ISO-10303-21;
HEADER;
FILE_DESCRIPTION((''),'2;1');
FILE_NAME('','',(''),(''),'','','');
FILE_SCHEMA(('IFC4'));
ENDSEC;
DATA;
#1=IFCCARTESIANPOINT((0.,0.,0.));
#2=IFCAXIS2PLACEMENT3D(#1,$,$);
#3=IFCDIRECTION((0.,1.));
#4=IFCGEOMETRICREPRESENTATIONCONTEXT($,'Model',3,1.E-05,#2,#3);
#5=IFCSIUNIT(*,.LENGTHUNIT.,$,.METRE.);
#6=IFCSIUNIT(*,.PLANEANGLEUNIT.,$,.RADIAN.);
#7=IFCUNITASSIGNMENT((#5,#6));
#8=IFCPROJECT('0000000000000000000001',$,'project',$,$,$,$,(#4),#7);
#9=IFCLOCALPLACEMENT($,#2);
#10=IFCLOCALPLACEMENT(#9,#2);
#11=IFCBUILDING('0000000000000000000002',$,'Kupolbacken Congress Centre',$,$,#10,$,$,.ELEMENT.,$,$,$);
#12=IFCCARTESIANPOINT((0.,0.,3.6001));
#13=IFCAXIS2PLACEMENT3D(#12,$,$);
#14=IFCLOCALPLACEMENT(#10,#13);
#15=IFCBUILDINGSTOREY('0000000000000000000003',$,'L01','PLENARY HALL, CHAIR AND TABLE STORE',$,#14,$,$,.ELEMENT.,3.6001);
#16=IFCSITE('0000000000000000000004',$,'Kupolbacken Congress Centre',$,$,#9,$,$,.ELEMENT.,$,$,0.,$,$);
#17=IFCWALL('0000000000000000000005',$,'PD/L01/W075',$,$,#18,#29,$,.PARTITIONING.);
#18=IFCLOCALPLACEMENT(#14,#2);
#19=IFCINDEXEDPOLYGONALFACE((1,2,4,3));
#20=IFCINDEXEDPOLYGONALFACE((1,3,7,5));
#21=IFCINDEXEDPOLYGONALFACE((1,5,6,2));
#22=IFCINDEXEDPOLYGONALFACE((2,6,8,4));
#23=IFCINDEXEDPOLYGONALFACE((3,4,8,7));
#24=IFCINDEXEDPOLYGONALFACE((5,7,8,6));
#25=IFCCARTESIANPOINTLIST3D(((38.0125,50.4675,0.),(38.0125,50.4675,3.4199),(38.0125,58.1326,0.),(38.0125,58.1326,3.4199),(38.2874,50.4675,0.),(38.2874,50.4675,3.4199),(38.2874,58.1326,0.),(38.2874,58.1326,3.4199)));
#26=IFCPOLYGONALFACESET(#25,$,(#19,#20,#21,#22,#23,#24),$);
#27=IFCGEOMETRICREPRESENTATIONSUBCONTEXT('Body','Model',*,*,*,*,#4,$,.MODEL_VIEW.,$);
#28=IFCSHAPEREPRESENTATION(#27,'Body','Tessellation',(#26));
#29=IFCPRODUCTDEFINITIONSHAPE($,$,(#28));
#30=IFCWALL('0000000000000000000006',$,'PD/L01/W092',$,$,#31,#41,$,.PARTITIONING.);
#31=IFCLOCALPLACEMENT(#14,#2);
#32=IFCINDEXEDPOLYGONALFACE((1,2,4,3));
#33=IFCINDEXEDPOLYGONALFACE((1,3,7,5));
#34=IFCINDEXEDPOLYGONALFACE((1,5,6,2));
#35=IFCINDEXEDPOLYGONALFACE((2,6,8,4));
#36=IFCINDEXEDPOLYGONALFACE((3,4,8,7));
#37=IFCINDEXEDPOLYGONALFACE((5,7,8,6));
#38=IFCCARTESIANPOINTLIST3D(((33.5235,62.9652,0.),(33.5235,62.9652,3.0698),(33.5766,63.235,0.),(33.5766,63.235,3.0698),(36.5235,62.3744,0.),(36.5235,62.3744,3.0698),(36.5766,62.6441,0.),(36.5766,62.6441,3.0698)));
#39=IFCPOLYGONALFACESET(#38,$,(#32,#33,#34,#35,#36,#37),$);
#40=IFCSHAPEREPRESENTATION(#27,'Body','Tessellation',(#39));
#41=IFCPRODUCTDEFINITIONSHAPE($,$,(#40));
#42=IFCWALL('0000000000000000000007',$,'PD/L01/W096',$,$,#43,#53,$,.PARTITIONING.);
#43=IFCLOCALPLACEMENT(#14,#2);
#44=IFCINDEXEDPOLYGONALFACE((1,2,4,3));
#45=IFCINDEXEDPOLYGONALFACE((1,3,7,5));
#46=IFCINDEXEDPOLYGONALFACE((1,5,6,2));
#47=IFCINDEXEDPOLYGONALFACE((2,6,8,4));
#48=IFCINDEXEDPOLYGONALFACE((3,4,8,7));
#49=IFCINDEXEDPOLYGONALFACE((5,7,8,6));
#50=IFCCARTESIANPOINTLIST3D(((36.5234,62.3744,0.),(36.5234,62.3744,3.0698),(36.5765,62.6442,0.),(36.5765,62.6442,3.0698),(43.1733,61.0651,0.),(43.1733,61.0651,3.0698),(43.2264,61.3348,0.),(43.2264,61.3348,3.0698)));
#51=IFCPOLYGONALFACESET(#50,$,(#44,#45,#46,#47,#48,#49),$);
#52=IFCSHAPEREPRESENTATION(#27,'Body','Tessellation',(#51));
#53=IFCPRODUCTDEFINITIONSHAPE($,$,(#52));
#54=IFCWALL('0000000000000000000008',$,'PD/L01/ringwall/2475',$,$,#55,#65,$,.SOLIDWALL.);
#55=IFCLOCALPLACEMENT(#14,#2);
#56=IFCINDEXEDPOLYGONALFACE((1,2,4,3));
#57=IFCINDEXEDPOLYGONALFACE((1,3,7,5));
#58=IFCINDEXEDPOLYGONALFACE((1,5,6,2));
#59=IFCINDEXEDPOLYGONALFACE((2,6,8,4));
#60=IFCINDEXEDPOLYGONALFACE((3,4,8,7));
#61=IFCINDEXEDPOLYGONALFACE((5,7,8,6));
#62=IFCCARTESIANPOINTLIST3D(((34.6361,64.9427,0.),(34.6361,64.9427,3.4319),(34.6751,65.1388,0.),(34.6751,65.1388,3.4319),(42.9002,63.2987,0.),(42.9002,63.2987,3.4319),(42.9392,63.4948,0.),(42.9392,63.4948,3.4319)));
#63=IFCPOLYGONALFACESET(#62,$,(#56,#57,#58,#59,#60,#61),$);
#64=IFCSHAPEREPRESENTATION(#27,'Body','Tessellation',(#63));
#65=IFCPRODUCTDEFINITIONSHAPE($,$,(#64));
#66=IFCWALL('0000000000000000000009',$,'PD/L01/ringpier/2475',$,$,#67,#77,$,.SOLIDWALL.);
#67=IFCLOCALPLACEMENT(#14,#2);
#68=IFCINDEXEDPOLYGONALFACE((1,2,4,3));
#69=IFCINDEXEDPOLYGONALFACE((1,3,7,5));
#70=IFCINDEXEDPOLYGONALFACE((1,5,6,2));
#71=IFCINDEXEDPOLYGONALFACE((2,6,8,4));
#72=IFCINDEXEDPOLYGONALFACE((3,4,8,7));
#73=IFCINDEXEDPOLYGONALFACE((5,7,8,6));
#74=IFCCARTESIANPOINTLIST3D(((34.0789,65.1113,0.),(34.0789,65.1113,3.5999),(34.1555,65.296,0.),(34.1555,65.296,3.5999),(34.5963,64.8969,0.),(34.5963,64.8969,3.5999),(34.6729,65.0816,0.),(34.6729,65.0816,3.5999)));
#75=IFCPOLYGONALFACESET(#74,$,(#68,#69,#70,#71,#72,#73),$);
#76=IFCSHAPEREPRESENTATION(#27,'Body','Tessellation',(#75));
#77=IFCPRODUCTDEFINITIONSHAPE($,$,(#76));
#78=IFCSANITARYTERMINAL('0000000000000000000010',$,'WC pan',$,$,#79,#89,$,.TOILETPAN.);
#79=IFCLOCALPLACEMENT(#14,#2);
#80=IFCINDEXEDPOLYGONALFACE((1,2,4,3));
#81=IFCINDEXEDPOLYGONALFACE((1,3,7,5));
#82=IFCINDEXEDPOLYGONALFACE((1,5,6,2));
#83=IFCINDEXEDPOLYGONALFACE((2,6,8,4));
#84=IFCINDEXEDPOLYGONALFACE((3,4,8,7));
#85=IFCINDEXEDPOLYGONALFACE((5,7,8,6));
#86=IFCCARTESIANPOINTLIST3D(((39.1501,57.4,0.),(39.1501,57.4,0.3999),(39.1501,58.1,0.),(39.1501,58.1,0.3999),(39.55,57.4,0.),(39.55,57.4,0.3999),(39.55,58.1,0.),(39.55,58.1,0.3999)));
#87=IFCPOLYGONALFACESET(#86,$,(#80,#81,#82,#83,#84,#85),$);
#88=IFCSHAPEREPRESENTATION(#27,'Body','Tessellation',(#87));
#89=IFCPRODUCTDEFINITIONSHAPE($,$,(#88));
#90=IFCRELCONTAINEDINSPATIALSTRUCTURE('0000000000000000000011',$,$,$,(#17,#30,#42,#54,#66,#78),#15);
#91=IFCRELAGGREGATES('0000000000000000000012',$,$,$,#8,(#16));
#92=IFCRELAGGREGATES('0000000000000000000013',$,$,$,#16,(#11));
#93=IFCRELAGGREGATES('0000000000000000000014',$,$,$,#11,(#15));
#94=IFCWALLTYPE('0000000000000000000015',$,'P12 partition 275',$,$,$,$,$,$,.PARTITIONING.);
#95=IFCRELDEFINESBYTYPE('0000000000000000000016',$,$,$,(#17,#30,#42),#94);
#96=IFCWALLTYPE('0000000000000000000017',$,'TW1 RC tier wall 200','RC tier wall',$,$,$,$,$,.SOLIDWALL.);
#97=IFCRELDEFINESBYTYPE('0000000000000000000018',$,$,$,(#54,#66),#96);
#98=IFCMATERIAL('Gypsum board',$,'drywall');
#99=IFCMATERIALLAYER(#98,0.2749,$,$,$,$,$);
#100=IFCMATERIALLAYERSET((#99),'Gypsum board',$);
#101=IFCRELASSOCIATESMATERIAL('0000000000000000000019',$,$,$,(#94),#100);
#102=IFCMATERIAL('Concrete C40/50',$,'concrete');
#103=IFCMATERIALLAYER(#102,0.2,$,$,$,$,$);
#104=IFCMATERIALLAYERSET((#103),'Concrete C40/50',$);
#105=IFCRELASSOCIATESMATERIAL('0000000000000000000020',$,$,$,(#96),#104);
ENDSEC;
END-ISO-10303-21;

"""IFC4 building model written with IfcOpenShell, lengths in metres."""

from ifc_helpers import new_model, si_unit, direction, frame, frame_2d, origin, origin_2d, place, context, subcontext, project, spatial, rectangle, extrude, material, layer, layer_set, type_object, element, save


model = new_model("IFC4")

# Units and contexts
model_context = context("Model", 3, precision=1e-05, world=origin(), true_north=direction((0.0, 1.0)))
body_context = subcontext(model_context, "Body", "Model", "MODEL_VIEW")
ifc_project = project(units=[si_unit("LENGTHUNIT", "METRE"), si_unit("PLANEANGLEUNIT", "RADIAN")], contexts=[model_context])

# Site, building, storey
site_placement = place(None, origin())
site = spatial("IfcSite", under=ifc_project, at=site_placement, Name="Kupolbacken Congress Centre", CompositionType="ELEMENT", RefElevation=0.0)
building_placement = place(site_placement, origin())
building = spatial("IfcBuilding", under=site, at=building_placement, Name="Kupolbacken Congress Centre", CompositionType="ELEMENT")
storey_placement = place(building_placement, frame((0.0, 0.0, 3.6001)))
storey = spatial("IfcBuildingStorey", under=building, at=storey_placement, Name="L01", Description="PLENARY HALL, CHAIR AND TABLE STORE", CompositionType="ELEMENT", Elevation=3.6001)

# Walls
ifc_material_1 = material(Name="Gypsum board", Category="drywall")
ifc_layer_1 = layer(ifc_material_1, 0.2749)
ifc_layer_set_1 = layer_set([ifc_layer_1], Name="Gypsum board")
wall_type_1 = type_object("IfcWallType", Name="P12 partition 275", PredefinedType="PARTITIONING", material=ifc_layer_set_1)
wall_1_placement = place(storey_placement, frame((38.1499, 58.1326, 0.0), z_axis=(0.0, 0.0, 1.0), x_axis=(0.0, -1.0, 0.0)))
element("IfcWall", 1, at=wall_1_placement, inside=storey, type_object=wall_type_1, Name="PD/L01/W075", PredefinedType="PARTITIONING", context=body_context, shape_type="SweptSolid", body=[
    extrude(rectangle(XDim=7.665, YDim=0.2749, at=frame_2d((3.8325, 0.0))), origin(), (0.0, 0.0, 1.0), 3.4199),
])
wall_2_placement = place(storey_placement, frame((33.55, 63.1001, 0.0), z_axis=(0.0, 0.0, 1.0), x_axis=(0.981154, -0.193229, 0.0)))
element("IfcWall", 2, at=wall_2_placement, inside=storey, type_object=wall_type_1, Name="PD/L01/W092", PredefinedType="PARTITIONING", context=body_context, shape_type="SweptSolid", body=[
    extrude(rectangle(XDim=3.0576, YDim=0.2749, at=frame_2d((1.5288, 0.0))), origin(), (0.0, 0.0, 1.0), 3.0698),
])
wall_3_placement = place(storey_placement, frame((36.55, 62.5093, 0.0), z_axis=(0.0, 0.0, 1.0), x_axis=(0.981162, -0.193185, 0.0)))
element("IfcWall", 3, at=wall_3_placement, inside=storey, type_object=wall_type_1, Name="PD/L01/W096", PredefinedType="PARTITIONING", context=body_context, shape_type="SweptSolid", body=[
    extrude(rectangle(XDim=6.7776, YDim=0.2749, at=frame_2d((3.3887, 0.0))), origin(), (0.0, 0.0, 1.0), 3.0698),
])
ifc_material_2 = material(Name="Concrete C40/50", Category="concrete")
ifc_layer_2 = layer(ifc_material_2, 0.2)
ifc_layer_set_2 = layer_set([ifc_layer_2], Name="Concrete C40/50")
wall_type_2 = type_object("IfcWallType", Name="TW1 RC tier wall 200", Description="RC tier wall", PredefinedType="SOLIDWALL", material=ifc_layer_set_2)
wall_4_placement = place(storey_placement, frame((34.6558, 65.0408, 0.0), z_axis=(0.0, 0.0, 1.0), x_axis=(0.980781, -0.195113, 0.0)))
element("IfcWall", 4, at=wall_4_placement, inside=storey, type_object=wall_type_2, Name="PD/L01/ringwall/2475", PredefinedType="SOLIDWALL", context=body_context, shape_type="SweptSolid", body=[
    extrude(rectangle(XDim=8.426, YDim=0.2, at=frame_2d((4.2129, 0.0))), origin(), (0.0, 0.0, 1.0), 3.4319),
])
wall_5_placement = place(storey_placement, frame((34.1172, 65.2036, 0.0), z_axis=(0.0, 0.0, 1.0), x_axis=(0.923836, -0.382788, 0.0)))
element("IfcWall", 5, at=wall_5_placement, inside=storey, type_object=wall_type_2, Name="PD/L01/ringpier/2475", PredefinedType="SOLIDWALL", context=body_context, shape_type="SweptSolid", body=[
    extrude(rectangle(XDim=0.5601, YDim=0.2, at=frame_2d((0.28, 0.0))), origin(), (0.0, 0.0, 1.0), 3.5999),
])

# Sanitary terminal
sanitary_terminal_placement = place(storey_placement, frame((39.3501, 57.75, 0.0), z_axis=(0.0, 0.0, 1.0), x_axis=(1.0, 0.0, 0.0)))
element("IfcSanitaryTerminal", 6, at=sanitary_terminal_placement, inside=storey, Name="WC pan", PredefinedType="TOILETPAN", context=body_context, shape_type="SweptSolid", body=[
    extrude(rectangle(XDim=0.3999, YDim=0.7, at=origin_2d()), origin(), (0.0, 0.0, 1.0), 0.3999),
])

save(model, "model.ifc")
